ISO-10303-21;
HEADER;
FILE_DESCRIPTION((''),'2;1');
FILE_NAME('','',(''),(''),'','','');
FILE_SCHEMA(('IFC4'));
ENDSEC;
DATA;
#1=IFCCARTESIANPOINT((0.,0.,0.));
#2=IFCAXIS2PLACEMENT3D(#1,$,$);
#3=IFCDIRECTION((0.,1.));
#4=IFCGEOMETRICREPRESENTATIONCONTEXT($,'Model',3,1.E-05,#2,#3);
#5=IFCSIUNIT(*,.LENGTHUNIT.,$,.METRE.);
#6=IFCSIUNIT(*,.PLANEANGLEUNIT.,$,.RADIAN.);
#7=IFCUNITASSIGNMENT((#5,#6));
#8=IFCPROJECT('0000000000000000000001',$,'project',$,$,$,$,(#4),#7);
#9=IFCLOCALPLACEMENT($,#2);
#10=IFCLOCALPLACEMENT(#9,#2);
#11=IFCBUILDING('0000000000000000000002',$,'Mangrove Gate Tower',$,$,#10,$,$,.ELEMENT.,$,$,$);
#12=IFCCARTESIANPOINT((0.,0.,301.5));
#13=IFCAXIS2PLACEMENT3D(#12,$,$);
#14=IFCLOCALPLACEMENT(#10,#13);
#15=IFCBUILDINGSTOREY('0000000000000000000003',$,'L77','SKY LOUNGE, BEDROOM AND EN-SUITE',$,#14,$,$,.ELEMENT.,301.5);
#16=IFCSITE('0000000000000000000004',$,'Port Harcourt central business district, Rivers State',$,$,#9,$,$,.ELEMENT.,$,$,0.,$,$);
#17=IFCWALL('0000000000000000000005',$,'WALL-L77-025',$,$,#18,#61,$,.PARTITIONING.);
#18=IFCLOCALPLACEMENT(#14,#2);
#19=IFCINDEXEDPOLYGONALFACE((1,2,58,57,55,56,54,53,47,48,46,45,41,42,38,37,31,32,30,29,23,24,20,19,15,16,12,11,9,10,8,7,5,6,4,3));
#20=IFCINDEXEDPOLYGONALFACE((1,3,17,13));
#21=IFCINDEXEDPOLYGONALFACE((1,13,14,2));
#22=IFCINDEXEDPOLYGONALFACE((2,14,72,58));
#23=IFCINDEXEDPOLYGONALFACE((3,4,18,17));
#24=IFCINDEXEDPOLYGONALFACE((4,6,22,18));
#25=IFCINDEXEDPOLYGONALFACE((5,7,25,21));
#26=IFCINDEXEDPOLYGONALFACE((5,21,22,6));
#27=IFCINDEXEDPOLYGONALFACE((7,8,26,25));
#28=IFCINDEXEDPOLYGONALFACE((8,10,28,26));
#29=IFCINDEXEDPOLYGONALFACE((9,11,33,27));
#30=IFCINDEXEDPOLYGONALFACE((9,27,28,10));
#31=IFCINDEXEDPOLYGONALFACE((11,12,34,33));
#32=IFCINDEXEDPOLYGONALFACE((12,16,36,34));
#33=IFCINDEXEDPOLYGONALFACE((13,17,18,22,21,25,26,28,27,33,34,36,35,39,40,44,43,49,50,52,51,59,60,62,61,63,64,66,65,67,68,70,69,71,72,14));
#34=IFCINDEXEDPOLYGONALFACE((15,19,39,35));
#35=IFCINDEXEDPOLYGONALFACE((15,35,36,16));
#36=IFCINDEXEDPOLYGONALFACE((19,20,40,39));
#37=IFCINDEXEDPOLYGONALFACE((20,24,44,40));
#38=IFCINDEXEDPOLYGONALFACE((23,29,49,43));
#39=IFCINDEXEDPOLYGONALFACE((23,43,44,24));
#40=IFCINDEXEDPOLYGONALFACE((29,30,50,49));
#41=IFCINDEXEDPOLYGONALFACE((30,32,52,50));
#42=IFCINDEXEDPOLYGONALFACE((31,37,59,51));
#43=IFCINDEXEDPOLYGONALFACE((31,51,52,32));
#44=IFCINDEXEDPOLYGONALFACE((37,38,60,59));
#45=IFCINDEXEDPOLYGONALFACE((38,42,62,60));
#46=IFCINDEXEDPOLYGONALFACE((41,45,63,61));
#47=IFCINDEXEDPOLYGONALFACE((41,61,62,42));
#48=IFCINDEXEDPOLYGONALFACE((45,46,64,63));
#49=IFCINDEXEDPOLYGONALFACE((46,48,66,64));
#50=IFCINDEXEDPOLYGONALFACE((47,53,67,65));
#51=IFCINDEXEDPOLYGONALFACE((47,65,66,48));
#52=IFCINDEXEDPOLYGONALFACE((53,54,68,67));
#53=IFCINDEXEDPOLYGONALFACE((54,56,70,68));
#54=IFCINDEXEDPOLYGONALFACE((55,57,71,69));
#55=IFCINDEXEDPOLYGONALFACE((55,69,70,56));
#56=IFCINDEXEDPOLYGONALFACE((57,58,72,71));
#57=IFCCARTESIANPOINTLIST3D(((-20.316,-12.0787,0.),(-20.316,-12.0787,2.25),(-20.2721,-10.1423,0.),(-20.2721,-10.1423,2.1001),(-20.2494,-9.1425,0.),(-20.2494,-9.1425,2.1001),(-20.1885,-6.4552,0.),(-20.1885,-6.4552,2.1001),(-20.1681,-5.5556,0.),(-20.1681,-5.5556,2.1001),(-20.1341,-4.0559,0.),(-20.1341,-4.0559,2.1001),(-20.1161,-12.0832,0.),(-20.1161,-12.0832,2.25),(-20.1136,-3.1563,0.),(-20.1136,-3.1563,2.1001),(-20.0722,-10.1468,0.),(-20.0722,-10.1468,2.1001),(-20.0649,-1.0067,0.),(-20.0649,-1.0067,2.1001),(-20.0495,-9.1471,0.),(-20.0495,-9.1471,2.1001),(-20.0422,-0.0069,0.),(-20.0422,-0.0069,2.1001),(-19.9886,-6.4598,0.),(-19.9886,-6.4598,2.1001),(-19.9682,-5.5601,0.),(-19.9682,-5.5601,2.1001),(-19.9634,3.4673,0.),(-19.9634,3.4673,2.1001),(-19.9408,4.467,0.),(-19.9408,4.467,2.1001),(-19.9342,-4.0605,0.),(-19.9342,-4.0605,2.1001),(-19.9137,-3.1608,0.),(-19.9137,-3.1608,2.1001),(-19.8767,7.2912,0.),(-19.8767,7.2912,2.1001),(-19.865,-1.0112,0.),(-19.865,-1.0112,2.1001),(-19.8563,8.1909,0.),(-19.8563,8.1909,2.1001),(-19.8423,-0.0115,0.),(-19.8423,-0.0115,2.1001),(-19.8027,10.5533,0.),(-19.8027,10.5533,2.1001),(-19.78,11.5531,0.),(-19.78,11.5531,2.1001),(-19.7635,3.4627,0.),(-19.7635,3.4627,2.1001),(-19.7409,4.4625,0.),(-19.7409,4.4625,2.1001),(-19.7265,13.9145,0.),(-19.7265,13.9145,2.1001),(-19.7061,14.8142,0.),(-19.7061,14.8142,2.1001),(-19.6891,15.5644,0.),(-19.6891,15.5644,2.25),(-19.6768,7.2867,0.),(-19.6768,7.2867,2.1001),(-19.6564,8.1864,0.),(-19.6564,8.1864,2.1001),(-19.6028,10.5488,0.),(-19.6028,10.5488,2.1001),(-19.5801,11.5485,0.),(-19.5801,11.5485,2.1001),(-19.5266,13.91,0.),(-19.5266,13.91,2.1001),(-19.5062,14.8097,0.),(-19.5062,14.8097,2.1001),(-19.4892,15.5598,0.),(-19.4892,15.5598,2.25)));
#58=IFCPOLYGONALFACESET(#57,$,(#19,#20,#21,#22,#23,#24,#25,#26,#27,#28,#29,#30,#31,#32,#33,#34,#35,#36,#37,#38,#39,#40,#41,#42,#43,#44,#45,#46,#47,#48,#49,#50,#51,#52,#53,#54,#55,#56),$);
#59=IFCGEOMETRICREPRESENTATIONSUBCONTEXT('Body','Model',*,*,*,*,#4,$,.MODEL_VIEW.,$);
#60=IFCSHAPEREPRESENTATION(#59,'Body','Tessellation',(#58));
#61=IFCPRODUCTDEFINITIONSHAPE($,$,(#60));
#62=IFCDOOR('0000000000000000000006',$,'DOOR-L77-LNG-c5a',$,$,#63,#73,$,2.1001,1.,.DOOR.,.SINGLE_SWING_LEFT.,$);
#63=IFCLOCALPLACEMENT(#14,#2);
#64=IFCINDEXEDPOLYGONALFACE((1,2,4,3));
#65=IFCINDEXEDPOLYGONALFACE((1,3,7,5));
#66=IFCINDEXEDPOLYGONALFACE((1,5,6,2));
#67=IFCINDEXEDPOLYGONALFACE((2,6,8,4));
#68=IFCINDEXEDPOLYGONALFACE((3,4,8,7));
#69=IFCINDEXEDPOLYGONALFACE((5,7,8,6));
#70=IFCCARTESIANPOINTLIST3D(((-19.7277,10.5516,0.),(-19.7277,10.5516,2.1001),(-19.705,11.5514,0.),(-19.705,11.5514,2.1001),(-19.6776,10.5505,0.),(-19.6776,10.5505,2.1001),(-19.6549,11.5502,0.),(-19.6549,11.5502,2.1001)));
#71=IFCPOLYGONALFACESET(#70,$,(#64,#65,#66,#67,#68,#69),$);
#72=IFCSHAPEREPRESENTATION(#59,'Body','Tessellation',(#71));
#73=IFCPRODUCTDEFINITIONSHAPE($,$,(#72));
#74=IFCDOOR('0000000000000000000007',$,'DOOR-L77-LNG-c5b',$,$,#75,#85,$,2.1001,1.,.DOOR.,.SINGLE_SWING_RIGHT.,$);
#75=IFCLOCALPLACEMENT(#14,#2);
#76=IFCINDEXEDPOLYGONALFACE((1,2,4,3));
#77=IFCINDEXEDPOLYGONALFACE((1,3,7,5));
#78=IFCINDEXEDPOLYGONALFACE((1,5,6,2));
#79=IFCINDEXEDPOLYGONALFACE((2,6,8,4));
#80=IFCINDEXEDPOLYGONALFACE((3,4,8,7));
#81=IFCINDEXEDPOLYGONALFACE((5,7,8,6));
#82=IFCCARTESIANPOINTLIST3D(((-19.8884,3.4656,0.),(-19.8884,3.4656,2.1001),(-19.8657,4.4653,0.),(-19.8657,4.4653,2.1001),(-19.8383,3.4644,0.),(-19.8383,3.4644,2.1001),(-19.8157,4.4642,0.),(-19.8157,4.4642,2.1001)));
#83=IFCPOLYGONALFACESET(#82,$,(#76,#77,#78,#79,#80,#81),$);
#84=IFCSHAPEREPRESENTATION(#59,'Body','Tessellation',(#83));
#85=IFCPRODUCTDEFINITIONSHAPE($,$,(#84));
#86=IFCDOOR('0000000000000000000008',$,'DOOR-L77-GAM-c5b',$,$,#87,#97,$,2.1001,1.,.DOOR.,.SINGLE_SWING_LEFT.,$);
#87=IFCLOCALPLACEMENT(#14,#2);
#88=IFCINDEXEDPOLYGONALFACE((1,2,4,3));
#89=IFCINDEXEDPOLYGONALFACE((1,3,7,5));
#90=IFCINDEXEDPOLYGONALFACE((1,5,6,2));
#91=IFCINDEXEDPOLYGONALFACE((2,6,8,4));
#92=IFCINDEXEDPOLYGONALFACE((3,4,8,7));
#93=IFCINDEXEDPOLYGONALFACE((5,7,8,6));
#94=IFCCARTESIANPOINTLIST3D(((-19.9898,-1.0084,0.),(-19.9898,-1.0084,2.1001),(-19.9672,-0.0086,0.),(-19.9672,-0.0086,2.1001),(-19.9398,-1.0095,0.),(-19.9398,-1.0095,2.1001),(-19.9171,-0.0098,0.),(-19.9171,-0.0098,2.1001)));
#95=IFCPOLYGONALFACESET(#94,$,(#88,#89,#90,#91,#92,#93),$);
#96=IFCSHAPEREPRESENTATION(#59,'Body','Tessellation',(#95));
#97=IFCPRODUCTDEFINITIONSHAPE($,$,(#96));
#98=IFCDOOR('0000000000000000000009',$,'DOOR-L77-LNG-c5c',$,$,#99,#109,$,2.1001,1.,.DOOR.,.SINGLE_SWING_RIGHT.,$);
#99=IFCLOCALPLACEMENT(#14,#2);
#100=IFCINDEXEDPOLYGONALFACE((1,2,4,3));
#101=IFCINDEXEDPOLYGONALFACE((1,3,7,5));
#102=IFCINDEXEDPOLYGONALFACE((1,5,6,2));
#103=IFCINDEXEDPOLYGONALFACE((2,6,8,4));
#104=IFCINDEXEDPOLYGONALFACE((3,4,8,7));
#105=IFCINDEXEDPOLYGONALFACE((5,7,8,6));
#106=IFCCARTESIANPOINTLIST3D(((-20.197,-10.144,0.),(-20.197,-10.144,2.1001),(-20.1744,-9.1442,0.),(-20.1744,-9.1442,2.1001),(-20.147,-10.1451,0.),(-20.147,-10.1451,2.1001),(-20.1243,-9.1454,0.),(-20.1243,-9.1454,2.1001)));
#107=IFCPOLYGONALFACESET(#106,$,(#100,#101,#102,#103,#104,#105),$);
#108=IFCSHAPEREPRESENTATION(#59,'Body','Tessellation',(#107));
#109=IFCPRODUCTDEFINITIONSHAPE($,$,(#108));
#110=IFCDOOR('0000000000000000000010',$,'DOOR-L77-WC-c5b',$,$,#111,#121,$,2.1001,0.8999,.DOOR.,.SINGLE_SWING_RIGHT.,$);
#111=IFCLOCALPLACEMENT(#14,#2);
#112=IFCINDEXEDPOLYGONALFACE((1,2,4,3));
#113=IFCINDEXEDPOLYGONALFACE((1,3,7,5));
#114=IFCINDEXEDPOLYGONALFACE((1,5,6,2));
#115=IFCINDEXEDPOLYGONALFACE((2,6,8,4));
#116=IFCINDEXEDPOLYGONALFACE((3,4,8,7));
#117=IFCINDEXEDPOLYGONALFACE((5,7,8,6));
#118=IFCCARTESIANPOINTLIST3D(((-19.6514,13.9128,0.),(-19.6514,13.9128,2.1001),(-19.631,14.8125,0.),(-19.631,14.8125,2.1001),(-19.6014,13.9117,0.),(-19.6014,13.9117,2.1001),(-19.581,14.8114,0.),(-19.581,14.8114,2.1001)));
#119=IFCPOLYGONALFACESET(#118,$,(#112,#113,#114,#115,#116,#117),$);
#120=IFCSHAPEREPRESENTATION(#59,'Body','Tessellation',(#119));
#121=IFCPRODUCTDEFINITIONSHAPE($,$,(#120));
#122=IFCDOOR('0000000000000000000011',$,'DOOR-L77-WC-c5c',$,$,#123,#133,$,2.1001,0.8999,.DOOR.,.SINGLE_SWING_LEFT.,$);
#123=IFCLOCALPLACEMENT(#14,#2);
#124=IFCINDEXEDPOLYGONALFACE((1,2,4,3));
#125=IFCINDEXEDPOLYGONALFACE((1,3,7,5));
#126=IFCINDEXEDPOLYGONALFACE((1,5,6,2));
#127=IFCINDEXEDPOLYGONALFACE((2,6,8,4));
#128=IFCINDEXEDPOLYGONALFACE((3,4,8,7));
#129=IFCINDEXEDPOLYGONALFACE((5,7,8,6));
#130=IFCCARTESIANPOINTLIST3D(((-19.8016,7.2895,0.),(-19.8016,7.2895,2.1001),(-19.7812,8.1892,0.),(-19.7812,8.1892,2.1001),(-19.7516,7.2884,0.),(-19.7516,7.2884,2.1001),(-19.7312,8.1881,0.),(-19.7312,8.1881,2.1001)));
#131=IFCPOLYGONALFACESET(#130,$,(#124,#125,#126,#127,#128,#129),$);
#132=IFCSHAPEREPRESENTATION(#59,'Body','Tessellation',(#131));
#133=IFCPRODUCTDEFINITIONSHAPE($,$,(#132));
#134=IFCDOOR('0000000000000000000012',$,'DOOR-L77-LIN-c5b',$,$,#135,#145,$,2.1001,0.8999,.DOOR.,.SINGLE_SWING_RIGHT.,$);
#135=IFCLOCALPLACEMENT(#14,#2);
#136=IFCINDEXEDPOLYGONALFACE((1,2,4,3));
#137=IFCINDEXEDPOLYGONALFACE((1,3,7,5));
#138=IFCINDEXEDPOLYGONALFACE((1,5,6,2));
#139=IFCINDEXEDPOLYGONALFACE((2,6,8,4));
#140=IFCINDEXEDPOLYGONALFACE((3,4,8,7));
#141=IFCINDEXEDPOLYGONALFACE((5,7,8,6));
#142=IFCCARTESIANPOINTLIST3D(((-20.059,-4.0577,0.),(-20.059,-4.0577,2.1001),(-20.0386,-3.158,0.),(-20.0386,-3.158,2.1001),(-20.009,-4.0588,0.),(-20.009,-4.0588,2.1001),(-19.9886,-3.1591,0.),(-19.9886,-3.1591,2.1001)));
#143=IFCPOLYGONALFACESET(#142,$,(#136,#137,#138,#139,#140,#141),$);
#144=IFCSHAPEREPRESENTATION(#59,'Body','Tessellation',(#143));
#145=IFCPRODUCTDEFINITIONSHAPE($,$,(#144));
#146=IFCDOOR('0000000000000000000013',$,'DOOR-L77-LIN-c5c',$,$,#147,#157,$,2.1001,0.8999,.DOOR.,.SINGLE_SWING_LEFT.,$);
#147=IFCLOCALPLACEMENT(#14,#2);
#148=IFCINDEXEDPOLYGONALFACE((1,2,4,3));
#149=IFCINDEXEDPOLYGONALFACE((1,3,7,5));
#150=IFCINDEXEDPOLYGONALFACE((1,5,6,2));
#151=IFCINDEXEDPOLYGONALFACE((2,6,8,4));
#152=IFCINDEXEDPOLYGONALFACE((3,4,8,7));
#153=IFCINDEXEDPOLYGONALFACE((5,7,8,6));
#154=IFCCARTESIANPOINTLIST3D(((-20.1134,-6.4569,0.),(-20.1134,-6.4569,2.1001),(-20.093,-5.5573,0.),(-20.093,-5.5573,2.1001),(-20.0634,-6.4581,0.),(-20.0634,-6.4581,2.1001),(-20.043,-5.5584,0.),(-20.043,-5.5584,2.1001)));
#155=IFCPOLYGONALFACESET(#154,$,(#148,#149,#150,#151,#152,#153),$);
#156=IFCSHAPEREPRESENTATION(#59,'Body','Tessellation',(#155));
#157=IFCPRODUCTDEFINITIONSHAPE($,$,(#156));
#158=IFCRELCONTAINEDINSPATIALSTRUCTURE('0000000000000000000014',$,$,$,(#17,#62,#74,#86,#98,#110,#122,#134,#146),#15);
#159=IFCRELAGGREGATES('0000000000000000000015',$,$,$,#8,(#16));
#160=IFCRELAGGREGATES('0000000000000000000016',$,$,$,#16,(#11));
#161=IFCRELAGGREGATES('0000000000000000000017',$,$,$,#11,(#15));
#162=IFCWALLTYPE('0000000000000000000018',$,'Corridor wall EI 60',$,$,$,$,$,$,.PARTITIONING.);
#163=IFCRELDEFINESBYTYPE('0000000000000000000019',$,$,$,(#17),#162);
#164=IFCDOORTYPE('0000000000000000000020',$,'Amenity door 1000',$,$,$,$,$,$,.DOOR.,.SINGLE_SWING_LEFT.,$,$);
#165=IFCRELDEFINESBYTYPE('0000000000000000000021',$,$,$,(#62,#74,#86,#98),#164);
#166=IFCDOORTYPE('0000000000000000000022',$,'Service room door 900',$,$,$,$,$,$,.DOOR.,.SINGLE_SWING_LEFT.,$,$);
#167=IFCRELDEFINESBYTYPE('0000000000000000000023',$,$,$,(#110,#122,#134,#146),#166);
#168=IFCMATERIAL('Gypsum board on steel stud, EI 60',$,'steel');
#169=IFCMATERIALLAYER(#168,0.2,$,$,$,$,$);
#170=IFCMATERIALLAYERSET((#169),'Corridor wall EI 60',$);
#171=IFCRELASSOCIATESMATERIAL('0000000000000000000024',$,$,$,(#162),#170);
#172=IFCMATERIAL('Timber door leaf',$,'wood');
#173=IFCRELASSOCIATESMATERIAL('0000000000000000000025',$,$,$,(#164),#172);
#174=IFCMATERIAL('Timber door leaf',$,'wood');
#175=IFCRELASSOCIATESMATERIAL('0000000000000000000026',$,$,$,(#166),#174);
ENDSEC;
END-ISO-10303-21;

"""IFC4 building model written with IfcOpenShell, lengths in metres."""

from ifc_helpers import new_model, si_unit, direction, frame, frame_2d, origin, place, context, subcontext, project, spatial, rectangle, extrude, material, layer, layer_set, type_object, element, fill, save


model = new_model("IFC4")

# Units and contexts
model_context = context("Model", 3, precision=1e-05, world=origin(), true_north=direction((0.0, 1.0)))
body_context = subcontext(model_context, "Body", "Model", "MODEL_VIEW")
ifc_project = project(units=[si_unit("LENGTHUNIT", "METRE"), si_unit("PLANEANGLEUNIT", "RADIAN")], contexts=[model_context])

# Site, building, storey
site_placement = place(None, origin())
site = spatial("IfcSite", under=ifc_project, at=site_placement, Name="Port Harcourt central business district, Rivers State", CompositionType="ELEMENT", RefElevation=0.0)
building_placement = place(site_placement, origin())
building = spatial("IfcBuilding", under=site, at=building_placement, Name="Mangrove Gate Tower", CompositionType="ELEMENT")
storey_placement = place(building_placement, frame((0.0, 0.0, 301.5)))
storey = spatial("IfcBuildingStorey", under=building, at=storey_placement, Name="L77", Description="SKY LOUNGE, BEDROOM AND EN-SUITE", CompositionType="ELEMENT", Elevation=301.5)

# Wall, openings, doors
ifc_material_1 = material(Name="Gypsum board on steel stud, EI 60", Category="steel")
ifc_layer_1 = layer(ifc_material_1, 0.2)
ifc_layer_set_1 = layer_set([ifc_layer_1], Name="Corridor wall EI 60")
wall_type_1 = type_object("IfcWallType", Name="Corridor wall EI 60", PredefinedType="PARTITIONING", material=ifc_layer_set_1)
wall_1_placement = place(storey_placement, frame((-20.2161, -12.0811, 0.0), z_axis=(0.0, 0.0, 1.0), x_axis=(0.022674, 0.999743, 0.0)))
wall_1 = element("IfcWall", 1, at=wall_1_placement, inside=storey, type_object=wall_type_1, Name="WALL-L77-025", PredefinedType="PARTITIONING", context=body_context, shape_type="SweptSolid", body=[
    extrude(rectangle(XDim=27.6501, YDim=0.2, at=frame_2d((13.8252, 0.0))), origin(), (0.0, 0.0, 1.0), 2.25),
])
opening_1_placement = place(wall_1_placement, frame((22.6379, 0.0, 0.0)))
opening_1 = element("IfcOpeningElement", 2, at=opening_1_placement, cuts=wall_1, PredefinedType="OPENING", context=body_context, shape_type="SweptSolid", body=[
    extrude(rectangle(XDim=1.0, YDim=2.1001, at=frame_2d((0.5, 1.05))), frame((0.0, 0.1099, 0.0), z_axis=(0.0, -1.0, 0.0), x_axis=(1.0, 0.0, 0.0)), (0.0, 0.0, 1.0), 0.22),
])
opening_2_placement = place(wall_1_placement, frame((26.0, 0.0, 0.0)))
opening_2 = element("IfcOpeningElement", 3, at=opening_2_placement, cuts=wall_1, PredefinedType="OPENING", context=body_context, shape_type="SweptSolid", body=[
    extrude(rectangle(XDim=0.8999, YDim=2.1001, at=frame_2d((0.45, 1.05))), frame((0.0, 0.1099, 0.0), z_axis=(0.0, -1.0, 0.0), x_axis=(1.0, 0.0, 0.0)), (0.0, 0.0, 1.0), 0.22),
])
opening_3_placement = place(wall_1_placement, frame((15.55, 0.0, 0.0)))
opening_3 = element("IfcOpeningElement", 4, at=opening_3_placement, cuts=wall_1, PredefinedType="OPENING", context=body_context, shape_type="SweptSolid", body=[
    extrude(rectangle(XDim=1.0, YDim=2.1001, at=frame_2d((0.5, 1.05))), frame((0.0, 0.1099, 0.0), z_axis=(0.0, -1.0, 0.0), x_axis=(1.0, 0.0, 0.0)), (0.0, 0.0, 1.0), 0.22),
])
opening_4_placement = place(wall_1_placement, frame((19.375, 0.0, 0.0)))
opening_4 = element("IfcOpeningElement", 5, at=opening_4_placement, cuts=wall_1, PredefinedType="OPENING", context=body_context, shape_type="SweptSolid", body=[
    extrude(rectangle(XDim=0.8999, YDim=2.1001, at=frame_2d((0.45, 1.05))), frame((0.0, 0.1099, 0.0), z_axis=(0.0, -1.0, 0.0), x_axis=(1.0, 0.0, 0.0)), (0.0, 0.0, 1.0), 0.22),
])
opening_5_placement = place(wall_1_placement, frame((11.075, 0.0, 0.0)))
opening_5 = element("IfcOpeningElement", 6, at=opening_5_placement, cuts=wall_1, PredefinedType="OPENING", context=body_context, shape_type="SweptSolid", body=[
    extrude(rectangle(XDim=1.0, YDim=2.1001, at=frame_2d((0.5, 1.05))), frame((0.0, 0.1099, 0.0), z_axis=(0.0, -1.0, 0.0), x_axis=(1.0, 0.0, 0.0)), (0.0, 0.0, 1.0), 0.22),
])
opening_6_placement = place(wall_1_placement, frame((8.0249, 0.0, 0.0)))
opening_6 = element("IfcOpeningElement", 7, at=opening_6_placement, cuts=wall_1, PredefinedType="OPENING", context=body_context, shape_type="SweptSolid", body=[
    extrude(rectangle(XDim=0.8999, YDim=2.1001, at=frame_2d((0.45, 1.05))), frame((0.0, 0.1099, 0.0), z_axis=(0.0, -1.0, 0.0), x_axis=(1.0, 0.0, 0.0)), (0.0, 0.0, 1.0), 0.22),
])
opening_7_placement = place(wall_1_placement, frame((1.937, 0.0, 0.0)))
opening_7 = element("IfcOpeningElement", 8, at=opening_7_placement, cuts=wall_1, PredefinedType="OPENING", context=body_context, shape_type="SweptSolid", body=[
    extrude(rectangle(XDim=1.0, YDim=2.1001, at=frame_2d((0.5, 1.05))), frame((0.0, 0.1099, 0.0), z_axis=(0.0, -1.0, 0.0), x_axis=(1.0, 0.0, 0.0)), (0.0, 0.0, 1.0), 0.22),
])
opening_8_placement = place(wall_1_placement, frame((5.625, 0.0, 0.0)))
opening_8 = element("IfcOpeningElement", 9, at=opening_8_placement, cuts=wall_1, PredefinedType="OPENING", context=body_context, shape_type="SweptSolid", body=[
    extrude(rectangle(XDim=0.8999, YDim=2.1001, at=frame_2d((0.45, 1.05))), frame((0.0, 0.1099, 0.0), z_axis=(0.0, -1.0, 0.0), x_axis=(1.0, 0.0, 0.0)), (0.0, 0.0, 1.0), 0.22),
])
ifc_material_2 = material(Name="Timber door leaf", Category="wood")
door_type_1 = type_object("IfcDoorType", Name="Amenity door 1000", OperationType="SINGLE_SWING_LEFT", PredefinedType="DOOR", material=ifc_material_2)
door_1_placement = place(opening_1_placement, origin())
door_1 = element("IfcDoor", 10, at=door_1_placement, inside=storey, type_object=door_type_1, Name="DOOR-L77-LNG-c5a", OperationType="SINGLE_SWING_LEFT", OverallHeight=2.1001, OverallWidth=1.0, PredefinedType="DOOR", context=body_context, shape_type="SweptSolid", body=[
    extrude(rectangle(XDim=1.0, YDim=2.1001, at=frame_2d((0.5, 1.05))), frame((0.0, 0.0249, 0.0), z_axis=(0.0, -1.0, 0.0), x_axis=(1.0, 0.0, 0.0)), (0.0, 0.0, 1.0), 0.05),
])
fill(opening_1, door_1)
door_2_placement = place(opening_3_placement, origin())
door_2 = element("IfcDoor", 11, at=door_2_placement, inside=storey, type_object=door_type_1, Name="DOOR-L77-LNG-c5b", OperationType="SINGLE_SWING_RIGHT", OverallHeight=2.1001, OverallWidth=1.0, PredefinedType="DOOR", context=body_context, shape_type="SweptSolid", body=[
    extrude(rectangle(XDim=1.0, YDim=2.1001, at=frame_2d((0.5, 1.05))), frame((0.0, 0.0249, 0.0), z_axis=(0.0, -1.0, 0.0), x_axis=(1.0, 0.0, 0.0)), (0.0, 0.0, 1.0), 0.05),
])
fill(opening_3, door_2)
door_3_placement = place(opening_5_placement, origin())
door_3 = element("IfcDoor", 12, at=door_3_placement, inside=storey, type_object=door_type_1, Name="DOOR-L77-GAM-c5b", OperationType="SINGLE_SWING_LEFT", OverallHeight=2.1001, OverallWidth=1.0, PredefinedType="DOOR", context=body_context, shape_type="SweptSolid", body=[
    extrude(rectangle(XDim=1.0, YDim=2.1001, at=frame_2d((0.5, 1.05))), frame((0.0, 0.0249, 0.0), z_axis=(0.0, -1.0, 0.0), x_axis=(1.0, 0.0, 0.0)), (0.0, 0.0, 1.0), 0.05),
])
fill(opening_5, door_3)
door_4_placement = place(opening_7_placement, origin())
door_4 = element("IfcDoor", 13, at=door_4_placement, inside=storey, type_object=door_type_1, Name="DOOR-L77-LNG-c5c", OperationType="SINGLE_SWING_RIGHT", OverallHeight=2.1001, OverallWidth=1.0, PredefinedType="DOOR", context=body_context, shape_type="SweptSolid", body=[
    extrude(rectangle(XDim=1.0, YDim=2.1001, at=frame_2d((0.5, 1.05))), frame((0.0, 0.0249, 0.0), z_axis=(0.0, -1.0, 0.0), x_axis=(1.0, 0.0, 0.0)), (0.0, 0.0, 1.0), 0.05),
])
fill(opening_7, door_4)
ifc_material_3 = material(Name="Timber door leaf", Category="wood")
door_type_2 = type_object("IfcDoorType", Name="Service room door 900", OperationType="SINGLE_SWING_LEFT", PredefinedType="DOOR", material=ifc_material_3)
door_5_placement = place(opening_2_placement, origin())
door_5 = element("IfcDoor", 14, at=door_5_placement, inside=storey, type_object=door_type_2, Name="DOOR-L77-WC-c5b", OperationType="SINGLE_SWING_RIGHT", OverallHeight=2.1001, OverallWidth=0.8999, PredefinedType="DOOR", context=body_context, shape_type="SweptSolid", body=[
    extrude(rectangle(XDim=0.8999, YDim=2.1001, at=frame_2d((0.45, 1.05))), frame((0.0, 0.0249, 0.0), z_axis=(0.0, -1.0, 0.0), x_axis=(1.0, 0.0, 0.0)), (0.0, 0.0, 1.0), 0.05),
])
fill(opening_2, door_5)
door_6_placement = place(opening_4_placement, origin())
door_6 = element("IfcDoor", 15, at=door_6_placement, inside=storey, type_object=door_type_2, Name="DOOR-L77-WC-c5c", OperationType="SINGLE_SWING_LEFT", OverallHeight=2.1001, OverallWidth=0.8999, PredefinedType="DOOR", context=body_context, shape_type="SweptSolid", body=[
    extrude(rectangle(XDim=0.8999, YDim=2.1001, at=frame_2d((0.45, 1.05))), frame((0.0, 0.0249, 0.0), z_axis=(0.0, -1.0, 0.0), x_axis=(1.0, 0.0, 0.0)), (0.0, 0.0, 1.0), 0.05),
])
fill(opening_4, door_6)
door_7_placement = place(opening_6_placement, origin())
door_7 = element("IfcDoor", 16, at=door_7_placement, inside=storey, type_object=door_type_2, Name="DOOR-L77-LIN-c5b", OperationType="SINGLE_SWING_RIGHT", OverallHeight=2.1001, OverallWidth=0.8999, PredefinedType="DOOR", context=body_context, shape_type="SweptSolid", body=[
    extrude(rectangle(XDim=0.8999, YDim=2.1001, at=frame_2d((0.45, 1.05))), frame((0.0, 0.0249, 0.0), z_axis=(0.0, -1.0, 0.0), x_axis=(1.0, 0.0, 0.0)), (0.0, 0.0, 1.0), 0.05),
])
fill(opening_6, door_7)
door_8_placement = place(opening_8_placement, origin())
door_8 = element("IfcDoor", 17, at=door_8_placement, inside=storey, type_object=door_type_2, Name="DOOR-L77-LIN-c5c", OperationType="SINGLE_SWING_LEFT", OverallHeight=2.1001, OverallWidth=0.8999, PredefinedType="DOOR", context=body_context, shape_type="SweptSolid", body=[
    extrude(rectangle(XDim=0.8999, YDim=2.1001, at=frame_2d((0.45, 1.05))), frame((0.0, 0.0249, 0.0), z_axis=(0.0, -1.0, 0.0), x_axis=(1.0, 0.0, 0.0)), (0.0, 0.0, 1.0), 0.05),
])
fill(opening_8, door_8)

save(model, "model.ifc")
